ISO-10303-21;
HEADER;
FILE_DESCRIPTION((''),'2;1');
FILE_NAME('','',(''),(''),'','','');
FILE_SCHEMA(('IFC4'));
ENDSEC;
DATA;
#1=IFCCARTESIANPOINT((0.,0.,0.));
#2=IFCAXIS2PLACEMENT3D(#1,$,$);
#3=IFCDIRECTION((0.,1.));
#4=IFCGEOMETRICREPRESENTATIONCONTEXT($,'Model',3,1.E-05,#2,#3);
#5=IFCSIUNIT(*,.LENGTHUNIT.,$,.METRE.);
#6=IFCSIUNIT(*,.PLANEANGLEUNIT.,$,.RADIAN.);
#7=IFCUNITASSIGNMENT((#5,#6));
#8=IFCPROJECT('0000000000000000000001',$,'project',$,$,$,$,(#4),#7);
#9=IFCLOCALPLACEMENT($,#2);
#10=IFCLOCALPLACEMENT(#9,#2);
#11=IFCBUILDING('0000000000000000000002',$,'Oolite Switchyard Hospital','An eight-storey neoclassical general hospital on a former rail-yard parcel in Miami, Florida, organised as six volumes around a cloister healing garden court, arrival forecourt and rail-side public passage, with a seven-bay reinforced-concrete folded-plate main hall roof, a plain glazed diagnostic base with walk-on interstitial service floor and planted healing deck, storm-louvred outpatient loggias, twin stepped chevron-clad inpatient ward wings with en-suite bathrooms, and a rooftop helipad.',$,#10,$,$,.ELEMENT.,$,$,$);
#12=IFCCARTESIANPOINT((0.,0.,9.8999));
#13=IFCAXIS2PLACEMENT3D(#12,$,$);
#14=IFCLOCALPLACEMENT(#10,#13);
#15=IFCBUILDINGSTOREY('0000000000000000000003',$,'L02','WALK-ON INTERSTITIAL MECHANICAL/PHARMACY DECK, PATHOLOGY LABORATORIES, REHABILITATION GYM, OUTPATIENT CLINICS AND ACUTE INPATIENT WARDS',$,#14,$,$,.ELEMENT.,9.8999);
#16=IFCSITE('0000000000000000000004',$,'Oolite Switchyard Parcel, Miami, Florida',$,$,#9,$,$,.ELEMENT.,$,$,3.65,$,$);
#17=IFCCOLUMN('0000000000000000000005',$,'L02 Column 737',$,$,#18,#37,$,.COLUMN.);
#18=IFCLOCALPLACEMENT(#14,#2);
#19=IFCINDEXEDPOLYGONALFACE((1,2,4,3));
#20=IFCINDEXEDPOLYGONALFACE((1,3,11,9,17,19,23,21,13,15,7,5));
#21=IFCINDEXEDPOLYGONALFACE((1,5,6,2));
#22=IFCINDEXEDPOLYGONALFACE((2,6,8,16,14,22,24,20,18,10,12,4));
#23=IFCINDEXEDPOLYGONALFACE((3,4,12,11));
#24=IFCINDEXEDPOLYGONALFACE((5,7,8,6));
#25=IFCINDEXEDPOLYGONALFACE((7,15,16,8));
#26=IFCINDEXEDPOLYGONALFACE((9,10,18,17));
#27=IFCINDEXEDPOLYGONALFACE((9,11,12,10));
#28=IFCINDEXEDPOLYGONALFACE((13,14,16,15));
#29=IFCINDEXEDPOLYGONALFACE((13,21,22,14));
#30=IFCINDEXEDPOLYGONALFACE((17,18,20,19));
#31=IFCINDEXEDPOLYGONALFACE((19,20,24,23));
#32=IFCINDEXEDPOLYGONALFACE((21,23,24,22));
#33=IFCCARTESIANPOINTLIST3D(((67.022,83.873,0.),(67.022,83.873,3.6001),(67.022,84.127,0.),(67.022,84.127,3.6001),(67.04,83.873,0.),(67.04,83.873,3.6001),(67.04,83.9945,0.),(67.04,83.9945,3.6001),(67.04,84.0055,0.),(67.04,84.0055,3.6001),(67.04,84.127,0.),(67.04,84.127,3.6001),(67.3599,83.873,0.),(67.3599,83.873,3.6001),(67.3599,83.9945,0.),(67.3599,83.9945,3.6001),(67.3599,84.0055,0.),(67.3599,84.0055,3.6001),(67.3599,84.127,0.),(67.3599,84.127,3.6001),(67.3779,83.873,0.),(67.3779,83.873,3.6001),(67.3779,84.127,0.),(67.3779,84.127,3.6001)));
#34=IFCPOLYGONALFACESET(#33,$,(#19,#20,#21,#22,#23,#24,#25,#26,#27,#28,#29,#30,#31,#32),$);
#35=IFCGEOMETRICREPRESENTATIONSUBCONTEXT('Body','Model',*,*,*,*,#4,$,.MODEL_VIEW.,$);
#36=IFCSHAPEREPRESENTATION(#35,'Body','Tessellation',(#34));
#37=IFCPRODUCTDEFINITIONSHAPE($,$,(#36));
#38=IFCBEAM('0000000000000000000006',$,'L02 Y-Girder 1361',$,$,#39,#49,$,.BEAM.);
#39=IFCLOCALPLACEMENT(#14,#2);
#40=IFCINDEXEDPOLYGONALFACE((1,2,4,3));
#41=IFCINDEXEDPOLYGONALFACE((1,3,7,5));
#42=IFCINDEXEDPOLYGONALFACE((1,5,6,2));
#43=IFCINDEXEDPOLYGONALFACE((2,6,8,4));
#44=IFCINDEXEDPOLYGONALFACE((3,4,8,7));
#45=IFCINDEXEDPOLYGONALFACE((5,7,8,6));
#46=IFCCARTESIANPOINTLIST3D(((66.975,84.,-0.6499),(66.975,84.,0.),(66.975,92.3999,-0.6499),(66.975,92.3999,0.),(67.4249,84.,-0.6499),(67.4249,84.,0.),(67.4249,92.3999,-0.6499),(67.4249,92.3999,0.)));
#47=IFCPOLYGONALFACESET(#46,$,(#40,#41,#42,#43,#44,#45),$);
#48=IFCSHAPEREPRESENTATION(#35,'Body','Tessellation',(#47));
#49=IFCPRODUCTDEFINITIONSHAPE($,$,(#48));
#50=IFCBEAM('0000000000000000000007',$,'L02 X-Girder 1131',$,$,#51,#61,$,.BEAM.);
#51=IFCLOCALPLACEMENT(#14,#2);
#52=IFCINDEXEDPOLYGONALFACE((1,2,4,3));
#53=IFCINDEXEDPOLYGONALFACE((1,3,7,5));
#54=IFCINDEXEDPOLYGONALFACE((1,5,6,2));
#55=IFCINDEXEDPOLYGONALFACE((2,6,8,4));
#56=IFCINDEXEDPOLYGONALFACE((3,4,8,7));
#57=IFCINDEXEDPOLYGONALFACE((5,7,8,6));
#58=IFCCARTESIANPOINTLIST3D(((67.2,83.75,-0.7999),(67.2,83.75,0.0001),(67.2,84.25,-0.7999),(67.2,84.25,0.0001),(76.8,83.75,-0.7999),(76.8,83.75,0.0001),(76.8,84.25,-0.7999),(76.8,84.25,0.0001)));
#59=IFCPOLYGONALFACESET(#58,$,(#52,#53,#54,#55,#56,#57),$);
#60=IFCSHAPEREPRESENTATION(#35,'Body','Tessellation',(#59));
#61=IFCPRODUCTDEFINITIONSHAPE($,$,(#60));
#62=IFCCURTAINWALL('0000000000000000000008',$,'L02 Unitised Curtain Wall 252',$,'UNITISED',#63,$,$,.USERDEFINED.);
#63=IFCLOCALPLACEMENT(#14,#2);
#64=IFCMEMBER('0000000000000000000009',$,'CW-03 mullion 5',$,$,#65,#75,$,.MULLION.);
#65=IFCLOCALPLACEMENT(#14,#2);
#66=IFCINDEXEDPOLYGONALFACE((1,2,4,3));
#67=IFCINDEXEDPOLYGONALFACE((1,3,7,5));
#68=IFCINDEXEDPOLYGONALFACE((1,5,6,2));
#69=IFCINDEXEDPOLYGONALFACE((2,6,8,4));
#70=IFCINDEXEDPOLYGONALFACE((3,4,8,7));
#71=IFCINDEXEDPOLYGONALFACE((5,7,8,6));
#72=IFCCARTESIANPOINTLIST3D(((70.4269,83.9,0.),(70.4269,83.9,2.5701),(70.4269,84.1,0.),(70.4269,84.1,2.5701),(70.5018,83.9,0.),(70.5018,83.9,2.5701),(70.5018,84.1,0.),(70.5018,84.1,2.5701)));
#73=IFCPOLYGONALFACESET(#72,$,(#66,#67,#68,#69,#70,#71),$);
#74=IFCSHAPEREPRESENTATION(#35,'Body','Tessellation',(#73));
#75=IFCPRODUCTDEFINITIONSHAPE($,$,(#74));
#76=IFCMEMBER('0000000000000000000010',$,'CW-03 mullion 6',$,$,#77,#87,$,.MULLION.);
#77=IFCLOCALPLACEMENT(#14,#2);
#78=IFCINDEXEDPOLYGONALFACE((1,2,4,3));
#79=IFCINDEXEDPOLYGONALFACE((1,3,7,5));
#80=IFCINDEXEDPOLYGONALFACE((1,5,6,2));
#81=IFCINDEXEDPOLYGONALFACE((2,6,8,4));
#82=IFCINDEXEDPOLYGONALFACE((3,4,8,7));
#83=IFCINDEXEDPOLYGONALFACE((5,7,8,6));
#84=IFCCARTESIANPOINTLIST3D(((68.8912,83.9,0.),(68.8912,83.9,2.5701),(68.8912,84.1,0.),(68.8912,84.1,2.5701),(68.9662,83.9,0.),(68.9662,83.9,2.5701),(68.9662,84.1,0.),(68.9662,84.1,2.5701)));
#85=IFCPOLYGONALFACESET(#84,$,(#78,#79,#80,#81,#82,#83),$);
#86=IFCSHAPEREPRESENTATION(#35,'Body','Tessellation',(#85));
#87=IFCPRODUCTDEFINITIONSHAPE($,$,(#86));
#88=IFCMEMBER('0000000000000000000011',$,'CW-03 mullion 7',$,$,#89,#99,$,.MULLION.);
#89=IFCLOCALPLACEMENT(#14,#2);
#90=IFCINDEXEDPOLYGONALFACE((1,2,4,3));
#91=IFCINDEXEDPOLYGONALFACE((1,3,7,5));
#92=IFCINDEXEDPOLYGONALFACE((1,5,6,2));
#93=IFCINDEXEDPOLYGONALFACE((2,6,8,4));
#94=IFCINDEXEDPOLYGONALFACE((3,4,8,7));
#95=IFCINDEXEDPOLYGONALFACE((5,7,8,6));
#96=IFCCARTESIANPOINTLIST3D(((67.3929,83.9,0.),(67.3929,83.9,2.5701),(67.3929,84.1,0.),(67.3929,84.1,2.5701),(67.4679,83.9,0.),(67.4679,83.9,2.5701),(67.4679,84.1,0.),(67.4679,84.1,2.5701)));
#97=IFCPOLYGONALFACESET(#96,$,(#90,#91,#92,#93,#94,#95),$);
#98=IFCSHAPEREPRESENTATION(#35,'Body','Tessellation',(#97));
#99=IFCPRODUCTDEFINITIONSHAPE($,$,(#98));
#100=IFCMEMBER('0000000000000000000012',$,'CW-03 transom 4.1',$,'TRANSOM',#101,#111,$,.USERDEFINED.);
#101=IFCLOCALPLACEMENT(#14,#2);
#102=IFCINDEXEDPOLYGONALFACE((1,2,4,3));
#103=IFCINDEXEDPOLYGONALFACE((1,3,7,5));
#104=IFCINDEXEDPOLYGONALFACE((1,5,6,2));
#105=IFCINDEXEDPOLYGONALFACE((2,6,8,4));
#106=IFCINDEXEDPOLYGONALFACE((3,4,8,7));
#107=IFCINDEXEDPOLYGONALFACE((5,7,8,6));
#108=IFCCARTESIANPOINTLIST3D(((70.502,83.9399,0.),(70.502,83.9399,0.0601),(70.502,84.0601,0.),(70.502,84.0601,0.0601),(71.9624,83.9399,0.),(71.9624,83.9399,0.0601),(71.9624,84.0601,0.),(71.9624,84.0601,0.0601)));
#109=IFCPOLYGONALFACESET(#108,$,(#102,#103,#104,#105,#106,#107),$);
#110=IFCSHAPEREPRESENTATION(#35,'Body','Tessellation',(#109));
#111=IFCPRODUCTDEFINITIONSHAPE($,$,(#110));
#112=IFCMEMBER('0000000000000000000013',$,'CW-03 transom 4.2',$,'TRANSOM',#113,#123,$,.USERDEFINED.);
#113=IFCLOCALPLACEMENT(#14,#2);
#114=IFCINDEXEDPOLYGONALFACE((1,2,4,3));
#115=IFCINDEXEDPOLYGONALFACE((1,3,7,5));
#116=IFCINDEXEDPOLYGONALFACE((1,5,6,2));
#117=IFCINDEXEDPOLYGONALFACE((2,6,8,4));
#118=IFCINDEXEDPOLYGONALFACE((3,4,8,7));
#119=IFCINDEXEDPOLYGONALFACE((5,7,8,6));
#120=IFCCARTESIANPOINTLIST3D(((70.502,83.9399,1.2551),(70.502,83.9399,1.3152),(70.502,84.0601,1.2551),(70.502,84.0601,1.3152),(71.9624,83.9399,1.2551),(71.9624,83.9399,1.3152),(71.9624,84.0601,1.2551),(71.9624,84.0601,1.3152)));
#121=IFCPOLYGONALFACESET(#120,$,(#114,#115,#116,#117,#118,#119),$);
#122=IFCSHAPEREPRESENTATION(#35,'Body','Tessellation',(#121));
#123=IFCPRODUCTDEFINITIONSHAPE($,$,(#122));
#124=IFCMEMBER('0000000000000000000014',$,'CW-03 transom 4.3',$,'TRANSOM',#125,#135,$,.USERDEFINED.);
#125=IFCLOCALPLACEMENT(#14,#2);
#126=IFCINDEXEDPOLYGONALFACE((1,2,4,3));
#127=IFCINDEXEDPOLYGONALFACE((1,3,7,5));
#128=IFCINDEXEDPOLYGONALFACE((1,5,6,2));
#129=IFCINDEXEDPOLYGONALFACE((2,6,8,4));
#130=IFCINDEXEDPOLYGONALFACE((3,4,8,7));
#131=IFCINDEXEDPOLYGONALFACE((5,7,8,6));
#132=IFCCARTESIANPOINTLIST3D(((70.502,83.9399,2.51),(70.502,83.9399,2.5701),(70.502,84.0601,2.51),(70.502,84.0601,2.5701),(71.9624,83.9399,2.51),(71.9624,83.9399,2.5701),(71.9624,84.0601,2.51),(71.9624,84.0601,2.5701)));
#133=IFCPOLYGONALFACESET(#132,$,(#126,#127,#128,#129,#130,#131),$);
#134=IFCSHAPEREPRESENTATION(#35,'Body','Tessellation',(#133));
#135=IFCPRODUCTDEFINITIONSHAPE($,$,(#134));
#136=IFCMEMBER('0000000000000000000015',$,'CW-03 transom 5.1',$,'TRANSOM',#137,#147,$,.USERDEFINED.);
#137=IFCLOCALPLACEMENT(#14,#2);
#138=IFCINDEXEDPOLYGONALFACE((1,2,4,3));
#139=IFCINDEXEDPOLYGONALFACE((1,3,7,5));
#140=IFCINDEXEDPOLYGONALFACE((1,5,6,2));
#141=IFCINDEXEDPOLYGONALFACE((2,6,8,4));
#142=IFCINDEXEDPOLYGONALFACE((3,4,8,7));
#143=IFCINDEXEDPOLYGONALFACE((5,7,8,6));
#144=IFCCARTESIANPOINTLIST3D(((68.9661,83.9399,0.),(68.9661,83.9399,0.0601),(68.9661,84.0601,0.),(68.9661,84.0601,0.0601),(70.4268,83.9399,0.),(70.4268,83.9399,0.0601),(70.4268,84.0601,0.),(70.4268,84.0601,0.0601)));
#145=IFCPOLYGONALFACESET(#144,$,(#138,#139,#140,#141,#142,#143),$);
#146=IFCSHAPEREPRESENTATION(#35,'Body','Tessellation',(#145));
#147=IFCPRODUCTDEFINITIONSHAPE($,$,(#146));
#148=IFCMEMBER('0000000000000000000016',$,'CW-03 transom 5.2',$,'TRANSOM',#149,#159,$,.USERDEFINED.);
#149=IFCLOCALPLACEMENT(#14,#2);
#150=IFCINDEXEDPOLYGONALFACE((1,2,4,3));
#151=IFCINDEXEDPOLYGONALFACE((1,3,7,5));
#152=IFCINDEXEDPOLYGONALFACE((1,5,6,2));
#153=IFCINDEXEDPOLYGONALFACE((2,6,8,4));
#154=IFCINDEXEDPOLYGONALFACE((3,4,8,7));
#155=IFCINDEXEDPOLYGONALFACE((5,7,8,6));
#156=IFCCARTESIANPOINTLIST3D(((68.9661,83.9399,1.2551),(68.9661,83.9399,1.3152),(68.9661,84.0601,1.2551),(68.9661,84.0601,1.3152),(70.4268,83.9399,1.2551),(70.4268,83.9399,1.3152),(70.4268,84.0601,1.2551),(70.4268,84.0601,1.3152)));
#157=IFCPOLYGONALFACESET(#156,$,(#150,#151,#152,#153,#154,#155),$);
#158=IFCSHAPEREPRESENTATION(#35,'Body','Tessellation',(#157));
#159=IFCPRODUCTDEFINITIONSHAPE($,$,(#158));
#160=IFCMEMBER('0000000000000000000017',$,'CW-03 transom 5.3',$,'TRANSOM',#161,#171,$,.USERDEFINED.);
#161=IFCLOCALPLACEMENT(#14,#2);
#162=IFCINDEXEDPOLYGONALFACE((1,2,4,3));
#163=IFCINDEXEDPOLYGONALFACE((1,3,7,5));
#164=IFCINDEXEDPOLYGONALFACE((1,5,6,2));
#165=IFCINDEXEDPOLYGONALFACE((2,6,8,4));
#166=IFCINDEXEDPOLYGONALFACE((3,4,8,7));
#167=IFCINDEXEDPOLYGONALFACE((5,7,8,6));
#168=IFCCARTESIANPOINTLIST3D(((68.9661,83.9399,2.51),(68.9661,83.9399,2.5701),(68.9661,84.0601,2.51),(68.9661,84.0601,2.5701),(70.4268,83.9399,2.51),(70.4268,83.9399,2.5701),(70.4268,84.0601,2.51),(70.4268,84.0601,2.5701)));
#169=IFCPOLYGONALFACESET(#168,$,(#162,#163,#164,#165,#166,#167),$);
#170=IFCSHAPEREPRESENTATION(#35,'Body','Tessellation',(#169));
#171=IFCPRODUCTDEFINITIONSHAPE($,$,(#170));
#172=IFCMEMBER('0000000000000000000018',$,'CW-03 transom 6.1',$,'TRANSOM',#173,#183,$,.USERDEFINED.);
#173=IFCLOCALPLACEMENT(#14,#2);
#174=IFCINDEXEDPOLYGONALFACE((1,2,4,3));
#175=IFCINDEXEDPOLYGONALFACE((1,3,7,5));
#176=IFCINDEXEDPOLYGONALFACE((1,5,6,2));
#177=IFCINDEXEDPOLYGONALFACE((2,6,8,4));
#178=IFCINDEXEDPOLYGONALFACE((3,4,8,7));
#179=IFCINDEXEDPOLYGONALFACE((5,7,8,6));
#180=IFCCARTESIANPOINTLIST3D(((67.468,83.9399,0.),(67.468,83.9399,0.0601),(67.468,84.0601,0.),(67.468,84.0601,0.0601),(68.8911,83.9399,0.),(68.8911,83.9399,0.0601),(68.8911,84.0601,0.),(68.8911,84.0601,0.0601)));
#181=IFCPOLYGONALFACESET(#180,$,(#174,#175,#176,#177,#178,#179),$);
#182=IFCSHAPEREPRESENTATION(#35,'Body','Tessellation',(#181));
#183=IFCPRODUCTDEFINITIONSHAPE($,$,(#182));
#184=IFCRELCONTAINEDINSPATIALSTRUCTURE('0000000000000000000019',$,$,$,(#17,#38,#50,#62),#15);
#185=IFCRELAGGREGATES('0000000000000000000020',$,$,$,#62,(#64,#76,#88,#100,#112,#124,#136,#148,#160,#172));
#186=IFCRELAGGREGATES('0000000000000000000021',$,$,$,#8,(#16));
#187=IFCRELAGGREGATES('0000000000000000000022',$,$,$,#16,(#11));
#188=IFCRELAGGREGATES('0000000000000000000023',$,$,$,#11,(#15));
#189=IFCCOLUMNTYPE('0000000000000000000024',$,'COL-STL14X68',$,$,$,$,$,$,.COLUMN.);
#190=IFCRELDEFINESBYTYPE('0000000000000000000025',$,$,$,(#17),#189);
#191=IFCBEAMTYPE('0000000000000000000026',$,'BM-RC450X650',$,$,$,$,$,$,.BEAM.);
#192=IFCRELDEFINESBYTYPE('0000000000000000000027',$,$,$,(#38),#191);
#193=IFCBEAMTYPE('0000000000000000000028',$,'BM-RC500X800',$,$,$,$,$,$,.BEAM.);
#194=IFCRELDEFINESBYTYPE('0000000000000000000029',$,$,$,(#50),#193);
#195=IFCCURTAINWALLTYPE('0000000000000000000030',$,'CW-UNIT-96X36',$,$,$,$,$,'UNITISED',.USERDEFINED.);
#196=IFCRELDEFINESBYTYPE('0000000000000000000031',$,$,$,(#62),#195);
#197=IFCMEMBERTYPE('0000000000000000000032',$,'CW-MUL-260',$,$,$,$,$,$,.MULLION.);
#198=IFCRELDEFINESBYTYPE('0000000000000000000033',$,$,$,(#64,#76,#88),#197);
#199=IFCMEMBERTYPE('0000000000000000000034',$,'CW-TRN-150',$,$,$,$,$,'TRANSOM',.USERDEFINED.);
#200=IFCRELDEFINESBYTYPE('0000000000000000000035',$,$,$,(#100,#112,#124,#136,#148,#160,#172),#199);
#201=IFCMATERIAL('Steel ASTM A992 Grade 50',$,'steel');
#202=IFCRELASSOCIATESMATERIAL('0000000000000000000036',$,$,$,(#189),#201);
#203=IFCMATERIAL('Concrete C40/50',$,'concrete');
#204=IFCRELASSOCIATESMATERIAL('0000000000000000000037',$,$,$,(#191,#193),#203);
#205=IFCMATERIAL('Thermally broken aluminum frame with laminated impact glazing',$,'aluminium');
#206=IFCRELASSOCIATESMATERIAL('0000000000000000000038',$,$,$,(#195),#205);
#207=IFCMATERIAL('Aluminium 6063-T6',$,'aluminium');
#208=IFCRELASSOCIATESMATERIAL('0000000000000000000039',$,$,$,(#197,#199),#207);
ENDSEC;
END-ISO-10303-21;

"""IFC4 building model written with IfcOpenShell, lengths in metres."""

from ifc_helpers import new_model, si_unit, direction, frame, origin, origin_2d, place, context, subcontext, project, spatial, rectangle, i_section, extrude, material, material_profile, profile_set, type_object, element, aggregate, save


model = new_model("IFC4")

# Units and contexts
model_context = context("Model", 3, precision=1e-05, world=origin(), true_north=direction((0.0, 1.0)))
body_context = subcontext(model_context, "Body", "Model", "MODEL_VIEW")
ifc_project = project(units=[si_unit("LENGTHUNIT", "METRE"), si_unit("PLANEANGLEUNIT", "RADIAN")], contexts=[model_context])

# Site, building, storey
site_placement = place(None, origin())
site = spatial("IfcSite", under=ifc_project, at=site_placement, Name="Oolite Switchyard Parcel, Miami, Florida", CompositionType="ELEMENT", RefElevation=3.65)
building_placement = place(site_placement, origin())
building = spatial("IfcBuilding", under=site, at=building_placement, Name="Oolite Switchyard Hospital", Description="An eight-storey neoclassical general hospital on a former rail-yard parcel in Miami, Florida, organised as six volumes around a cloister healing garden court, arrival forecourt and rail-side public passage, with a seven-bay reinforced-concrete folded-plate main hall roof, a plain glazed diagnostic base with walk-on interstitial service floor and planted healing deck, storm-louvred outpatient loggias, twin stepped chevron-clad inpatient ward wings with en-suite bathrooms, and a rooftop helipad.", CompositionType="ELEMENT")
storey_placement = place(building_placement, frame((0.0, 0.0, 9.8999)))
storey = spatial("IfcBuildingStorey", under=building, at=storey_placement, Name="L02", Description="WALK-ON INTERSTITIAL MECHANICAL/PHARMACY DECK, PATHOLOGY LABORATORIES, REHABILITATION GYM, OUTPATIENT CLINICS AND ACUTE INPATIENT WARDS", CompositionType="ELEMENT", Elevation=9.8999)

# Column
ifc_material_1 = material(Name="Steel ASTM A992 Grade 50", Category="steel")
ifc_material_profile_1 = material_profile(ifc_material_1, i_section(OverallWidth=0.2539, OverallDepth=0.356, WebThickness=0.011, FlangeThickness=0.0181, at=origin_2d()), Name="W14X68")
ifc_profile_set_1 = profile_set([ifc_material_profile_1], Name="Steel ASTM A992 Grade 50")
column_type = type_object("IfcColumnType", Name="COL-STL14X68", PredefinedType="COLUMN", material=ifc_profile_set_1)
column_placement = place(storey_placement, frame((67.2, 84.0, 0.0), z_axis=(0.0, 0.0, 1.0), x_axis=(0.0, -1.0, 0.0)))
element("IfcColumn", 1, at=column_placement, inside=storey, type_object=column_type, Name="L02 Column 737", PredefinedType="COLUMN", context=body_context, shape_type="SweptSolid", body=[
    extrude(i_section(OverallWidth=0.2539, OverallDepth=0.356, WebThickness=0.011, FlangeThickness=0.0181, at=origin_2d()), origin(), (0.0, 0.0, 1.0), 3.6001),
])

# Beams
ifc_material_2 = material(Name="Concrete C40/50", Category="concrete")
ifc_material_profile_2 = material_profile(ifc_material_2, rectangle(XDim=0.45, YDim=0.6499, at=origin_2d()), Name="RCB450X650")
ifc_profile_set_2 = profile_set([ifc_material_profile_2], Name="Concrete C40/50")
beam_type_1 = type_object("IfcBeamType", Name="BM-RC450X650", PredefinedType="BEAM", material=ifc_profile_set_2)
beam_1_placement = place(storey_placement, frame((67.2, 84.0, -0.325), z_axis=(0.0, 1.0, 0.0), x_axis=(-1.0, 0.0, 0.0)))
element("IfcBeam", 2, at=beam_1_placement, inside=storey, type_object=beam_type_1, Name="L02 Y-Girder 1361", PredefinedType="BEAM", context=body_context, shape_type="SweptSolid", body=[
    extrude(rectangle(XDim=0.45, YDim=0.6499, at=origin_2d()), origin(), (0.0, 0.0, 1.0), 8.3999),
])
ifc_material_profile_3 = material_profile(ifc_material_2, rectangle(XDim=0.5, YDim=0.8, at=origin_2d()), Name="RCB500X800")
ifc_profile_set_3 = profile_set([ifc_material_profile_3], Name="Concrete C40/50")
beam_type_2 = type_object("IfcBeamType", Name="BM-RC500X800", PredefinedType="BEAM", material=ifc_profile_set_3)
beam_2_placement = place(storey_placement, frame((67.2, 84.0, -0.3999), z_axis=(1.0, 0.0, 0.0), x_axis=(0.0, 1.0, 0.0)))
element("IfcBeam", 3, at=beam_2_placement, inside=storey, type_object=beam_type_2, Name="L02 X-Girder 1131", PredefinedType="BEAM", context=body_context, shape_type="SweptSolid", body=[
    extrude(rectangle(XDim=0.5, YDim=0.8, at=origin_2d()), origin(), (0.0, 0.0, 1.0), 9.6001),
])

# Curtain wall, members
ifc_material_3 = material(Name="Thermally broken aluminum frame with laminated impact glazing", Category="aluminium")
curtain_wall_type = type_object("IfcCurtainWallType", Name="CW-UNIT-96X36", ElementType="UNITISED", PredefinedType="USERDEFINED", material=ifc_material_3)
curtain_wall_placement = place(storey_placement, origin())
curtain_wall = element("IfcCurtainWall", 4, at=curtain_wall_placement, inside=storey, type_object=curtain_wall_type, Name="L02 Unitised Curtain Wall 252", ObjectType="UNITISED", PredefinedType="USERDEFINED")
ifc_material_4 = material(Name="Aluminium 6063-T6", Category="aluminium")
ifc_material_profile_4 = material_profile(ifc_material_4, rectangle(XDim=0.2, YDim=0.075, at=origin_2d()), Name="CWM75X200")
ifc_profile_set_4 = profile_set([ifc_material_profile_4], Name="Aluminium 6063-T6")
member_type_1 = type_object("IfcMemberType", Name="CW-MUL-260", PredefinedType="MULLION", material=ifc_profile_set_4)
member_1_placement = place(storey_placement, frame((70.4644, 84.0, 0.0), z_axis=(0.0, 0.0, 1.0), x_axis=(0.0, -1.0, 0.0)))
member_1 = element("IfcMember", 5, at=member_1_placement, type_object=member_type_1, Name="CW-03 mullion 5", PredefinedType="MULLION", context=body_context, shape_type="SweptSolid", body=[
    extrude(rectangle(XDim=0.2, YDim=0.075, at=origin_2d()), origin(), (0.0, 0.0, 1.0), 2.5701),
])
member_2_placement = place(storey_placement, frame((68.9287, 84.0, 0.0), z_axis=(0.0, 0.0, 1.0), x_axis=(0.0, -1.0, 0.0)))
member_2 = element("IfcMember", 6, at=member_2_placement, type_object=member_type_1, Name="CW-03 mullion 6", PredefinedType="MULLION", context=body_context, shape_type="SweptSolid", body=[
    extrude(rectangle(XDim=0.2, YDim=0.075, at=origin_2d()), origin(), (0.0, 0.0, 1.0), 2.5701),
])
member_3_placement = place(storey_placement, frame((67.4304, 84.0, 0.0), z_axis=(0.0, 0.0, 1.0), x_axis=(0.0, -1.0, 0.0)))
member_3 = element("IfcMember", 7, at=member_3_placement, type_object=member_type_1, Name="CW-03 mullion 7", PredefinedType="MULLION", context=body_context, shape_type="SweptSolid", body=[
    extrude(rectangle(XDim=0.2, YDim=0.075, at=origin_2d()), origin(), (0.0, 0.0, 1.0), 2.5701),
])
ifc_material_profile_5 = material_profile(ifc_material_4, rectangle(XDim=0.1201, YDim=0.0601, at=origin_2d()), Name="CWT60X120")
ifc_profile_set_5 = profile_set([ifc_material_profile_5], Name="Aluminium 6063-T6")
member_type_2 = type_object("IfcMemberType", Name="CW-TRN-150", ElementType="TRANSOM", PredefinedType="USERDEFINED", material=ifc_profile_set_5)
member_4_placement = place(storey_placement, frame((71.9624, 84.0, 0.03), z_axis=(-1.0, 0.0, 0.0), x_axis=(0.0, -1.0, 0.0)))
member_4 = element("IfcMember", 8, at=member_4_placement, type_object=member_type_2, Name="CW-03 transom 4.1", ObjectType="TRANSOM", PredefinedType="USERDEFINED", context=body_context, shape_type="SweptSolid", body=[
    extrude(rectangle(XDim=0.1201, YDim=0.0601, at=origin_2d()), origin(), (0.0, 0.0, 1.0), 1.4604),
])
member_5_placement = place(storey_placement, frame((71.9624, 84.0, 1.2852), z_axis=(-1.0, 0.0, 0.0), x_axis=(0.0, -1.0, 0.0)))
member_5 = element("IfcMember", 9, at=member_5_placement, type_object=member_type_2, Name="CW-03 transom 4.2", ObjectType="TRANSOM", PredefinedType="USERDEFINED", context=body_context, shape_type="SweptSolid", body=[
    extrude(rectangle(XDim=0.1201, YDim=0.0601, at=origin_2d()), origin(), (0.0, 0.0, 1.0), 1.4604),
])
member_6_placement = place(storey_placement, frame((71.9624, 84.0, 2.54), z_axis=(-1.0, 0.0, 0.0), x_axis=(0.0, -1.0, 0.0)))
member_6 = element("IfcMember", 10, at=member_6_placement, type_object=member_type_2, Name="CW-03 transom 4.3", ObjectType="TRANSOM", PredefinedType="USERDEFINED", context=body_context, shape_type="SweptSolid", body=[
    extrude(rectangle(XDim=0.1201, YDim=0.0601, at=origin_2d()), origin(), (0.0, 0.0, 1.0), 1.4604),
])
member_7_placement = place(storey_placement, frame((70.4268, 84.0, 0.03), z_axis=(-1.0, 0.0, 0.0), x_axis=(0.0, -1.0, 0.0)))
member_7 = element("IfcMember", 11, at=member_7_placement, type_object=member_type_2, Name="CW-03 transom 5.1", ObjectType="TRANSOM", PredefinedType="USERDEFINED", context=body_context, shape_type="SweptSolid", body=[
    extrude(rectangle(XDim=0.1201, YDim=0.0601, at=origin_2d()), origin(), (0.0, 0.0, 1.0), 1.4607),
])
member_8_placement = place(storey_placement, frame((70.4268, 84.0, 1.2852), z_axis=(-1.0, 0.0, 0.0), x_axis=(0.0, -1.0, 0.0)))
member_8 = element("IfcMember", 12, at=member_8_placement, type_object=member_type_2, Name="CW-03 transom 5.2", ObjectType="TRANSOM", PredefinedType="USERDEFINED", context=body_context, shape_type="SweptSolid", body=[
    extrude(rectangle(XDim=0.1201, YDim=0.0601, at=origin_2d()), origin(), (0.0, 0.0, 1.0), 1.4607),
])
member_9_placement = place(storey_placement, frame((70.4268, 84.0, 2.54), z_axis=(-1.0, 0.0, 0.0), x_axis=(0.0, -1.0, 0.0)))
member_9 = element("IfcMember", 13, at=member_9_placement, type_object=member_type_2, Name="CW-03 transom 5.3", ObjectType="TRANSOM", PredefinedType="USERDEFINED", context=body_context, shape_type="SweptSolid", body=[
    extrude(rectangle(XDim=0.1201, YDim=0.0601, at=origin_2d()), origin(), (0.0, 0.0, 1.0), 1.4607),
])
member_10_placement = place(storey_placement, frame((68.8911, 84.0, 0.03), z_axis=(-1.0, 0.0, 0.0), x_axis=(0.0, -1.0, 0.0)))
member_10 = element("IfcMember", 14, at=member_10_placement, type_object=member_type_2, Name="CW-03 transom 6.1", ObjectType="TRANSOM", PredefinedType="USERDEFINED", context=body_context, shape_type="SweptSolid", body=[
    extrude(rectangle(XDim=0.1201, YDim=0.0601, at=origin_2d()), origin(), (0.0, 0.0, 1.0), 1.4231),
])
aggregate(curtain_wall, [member_1, member_2, member_3, member_4, member_5, member_6, member_7, member_8, member_9, member_10])

save(model, "model.ifc")
